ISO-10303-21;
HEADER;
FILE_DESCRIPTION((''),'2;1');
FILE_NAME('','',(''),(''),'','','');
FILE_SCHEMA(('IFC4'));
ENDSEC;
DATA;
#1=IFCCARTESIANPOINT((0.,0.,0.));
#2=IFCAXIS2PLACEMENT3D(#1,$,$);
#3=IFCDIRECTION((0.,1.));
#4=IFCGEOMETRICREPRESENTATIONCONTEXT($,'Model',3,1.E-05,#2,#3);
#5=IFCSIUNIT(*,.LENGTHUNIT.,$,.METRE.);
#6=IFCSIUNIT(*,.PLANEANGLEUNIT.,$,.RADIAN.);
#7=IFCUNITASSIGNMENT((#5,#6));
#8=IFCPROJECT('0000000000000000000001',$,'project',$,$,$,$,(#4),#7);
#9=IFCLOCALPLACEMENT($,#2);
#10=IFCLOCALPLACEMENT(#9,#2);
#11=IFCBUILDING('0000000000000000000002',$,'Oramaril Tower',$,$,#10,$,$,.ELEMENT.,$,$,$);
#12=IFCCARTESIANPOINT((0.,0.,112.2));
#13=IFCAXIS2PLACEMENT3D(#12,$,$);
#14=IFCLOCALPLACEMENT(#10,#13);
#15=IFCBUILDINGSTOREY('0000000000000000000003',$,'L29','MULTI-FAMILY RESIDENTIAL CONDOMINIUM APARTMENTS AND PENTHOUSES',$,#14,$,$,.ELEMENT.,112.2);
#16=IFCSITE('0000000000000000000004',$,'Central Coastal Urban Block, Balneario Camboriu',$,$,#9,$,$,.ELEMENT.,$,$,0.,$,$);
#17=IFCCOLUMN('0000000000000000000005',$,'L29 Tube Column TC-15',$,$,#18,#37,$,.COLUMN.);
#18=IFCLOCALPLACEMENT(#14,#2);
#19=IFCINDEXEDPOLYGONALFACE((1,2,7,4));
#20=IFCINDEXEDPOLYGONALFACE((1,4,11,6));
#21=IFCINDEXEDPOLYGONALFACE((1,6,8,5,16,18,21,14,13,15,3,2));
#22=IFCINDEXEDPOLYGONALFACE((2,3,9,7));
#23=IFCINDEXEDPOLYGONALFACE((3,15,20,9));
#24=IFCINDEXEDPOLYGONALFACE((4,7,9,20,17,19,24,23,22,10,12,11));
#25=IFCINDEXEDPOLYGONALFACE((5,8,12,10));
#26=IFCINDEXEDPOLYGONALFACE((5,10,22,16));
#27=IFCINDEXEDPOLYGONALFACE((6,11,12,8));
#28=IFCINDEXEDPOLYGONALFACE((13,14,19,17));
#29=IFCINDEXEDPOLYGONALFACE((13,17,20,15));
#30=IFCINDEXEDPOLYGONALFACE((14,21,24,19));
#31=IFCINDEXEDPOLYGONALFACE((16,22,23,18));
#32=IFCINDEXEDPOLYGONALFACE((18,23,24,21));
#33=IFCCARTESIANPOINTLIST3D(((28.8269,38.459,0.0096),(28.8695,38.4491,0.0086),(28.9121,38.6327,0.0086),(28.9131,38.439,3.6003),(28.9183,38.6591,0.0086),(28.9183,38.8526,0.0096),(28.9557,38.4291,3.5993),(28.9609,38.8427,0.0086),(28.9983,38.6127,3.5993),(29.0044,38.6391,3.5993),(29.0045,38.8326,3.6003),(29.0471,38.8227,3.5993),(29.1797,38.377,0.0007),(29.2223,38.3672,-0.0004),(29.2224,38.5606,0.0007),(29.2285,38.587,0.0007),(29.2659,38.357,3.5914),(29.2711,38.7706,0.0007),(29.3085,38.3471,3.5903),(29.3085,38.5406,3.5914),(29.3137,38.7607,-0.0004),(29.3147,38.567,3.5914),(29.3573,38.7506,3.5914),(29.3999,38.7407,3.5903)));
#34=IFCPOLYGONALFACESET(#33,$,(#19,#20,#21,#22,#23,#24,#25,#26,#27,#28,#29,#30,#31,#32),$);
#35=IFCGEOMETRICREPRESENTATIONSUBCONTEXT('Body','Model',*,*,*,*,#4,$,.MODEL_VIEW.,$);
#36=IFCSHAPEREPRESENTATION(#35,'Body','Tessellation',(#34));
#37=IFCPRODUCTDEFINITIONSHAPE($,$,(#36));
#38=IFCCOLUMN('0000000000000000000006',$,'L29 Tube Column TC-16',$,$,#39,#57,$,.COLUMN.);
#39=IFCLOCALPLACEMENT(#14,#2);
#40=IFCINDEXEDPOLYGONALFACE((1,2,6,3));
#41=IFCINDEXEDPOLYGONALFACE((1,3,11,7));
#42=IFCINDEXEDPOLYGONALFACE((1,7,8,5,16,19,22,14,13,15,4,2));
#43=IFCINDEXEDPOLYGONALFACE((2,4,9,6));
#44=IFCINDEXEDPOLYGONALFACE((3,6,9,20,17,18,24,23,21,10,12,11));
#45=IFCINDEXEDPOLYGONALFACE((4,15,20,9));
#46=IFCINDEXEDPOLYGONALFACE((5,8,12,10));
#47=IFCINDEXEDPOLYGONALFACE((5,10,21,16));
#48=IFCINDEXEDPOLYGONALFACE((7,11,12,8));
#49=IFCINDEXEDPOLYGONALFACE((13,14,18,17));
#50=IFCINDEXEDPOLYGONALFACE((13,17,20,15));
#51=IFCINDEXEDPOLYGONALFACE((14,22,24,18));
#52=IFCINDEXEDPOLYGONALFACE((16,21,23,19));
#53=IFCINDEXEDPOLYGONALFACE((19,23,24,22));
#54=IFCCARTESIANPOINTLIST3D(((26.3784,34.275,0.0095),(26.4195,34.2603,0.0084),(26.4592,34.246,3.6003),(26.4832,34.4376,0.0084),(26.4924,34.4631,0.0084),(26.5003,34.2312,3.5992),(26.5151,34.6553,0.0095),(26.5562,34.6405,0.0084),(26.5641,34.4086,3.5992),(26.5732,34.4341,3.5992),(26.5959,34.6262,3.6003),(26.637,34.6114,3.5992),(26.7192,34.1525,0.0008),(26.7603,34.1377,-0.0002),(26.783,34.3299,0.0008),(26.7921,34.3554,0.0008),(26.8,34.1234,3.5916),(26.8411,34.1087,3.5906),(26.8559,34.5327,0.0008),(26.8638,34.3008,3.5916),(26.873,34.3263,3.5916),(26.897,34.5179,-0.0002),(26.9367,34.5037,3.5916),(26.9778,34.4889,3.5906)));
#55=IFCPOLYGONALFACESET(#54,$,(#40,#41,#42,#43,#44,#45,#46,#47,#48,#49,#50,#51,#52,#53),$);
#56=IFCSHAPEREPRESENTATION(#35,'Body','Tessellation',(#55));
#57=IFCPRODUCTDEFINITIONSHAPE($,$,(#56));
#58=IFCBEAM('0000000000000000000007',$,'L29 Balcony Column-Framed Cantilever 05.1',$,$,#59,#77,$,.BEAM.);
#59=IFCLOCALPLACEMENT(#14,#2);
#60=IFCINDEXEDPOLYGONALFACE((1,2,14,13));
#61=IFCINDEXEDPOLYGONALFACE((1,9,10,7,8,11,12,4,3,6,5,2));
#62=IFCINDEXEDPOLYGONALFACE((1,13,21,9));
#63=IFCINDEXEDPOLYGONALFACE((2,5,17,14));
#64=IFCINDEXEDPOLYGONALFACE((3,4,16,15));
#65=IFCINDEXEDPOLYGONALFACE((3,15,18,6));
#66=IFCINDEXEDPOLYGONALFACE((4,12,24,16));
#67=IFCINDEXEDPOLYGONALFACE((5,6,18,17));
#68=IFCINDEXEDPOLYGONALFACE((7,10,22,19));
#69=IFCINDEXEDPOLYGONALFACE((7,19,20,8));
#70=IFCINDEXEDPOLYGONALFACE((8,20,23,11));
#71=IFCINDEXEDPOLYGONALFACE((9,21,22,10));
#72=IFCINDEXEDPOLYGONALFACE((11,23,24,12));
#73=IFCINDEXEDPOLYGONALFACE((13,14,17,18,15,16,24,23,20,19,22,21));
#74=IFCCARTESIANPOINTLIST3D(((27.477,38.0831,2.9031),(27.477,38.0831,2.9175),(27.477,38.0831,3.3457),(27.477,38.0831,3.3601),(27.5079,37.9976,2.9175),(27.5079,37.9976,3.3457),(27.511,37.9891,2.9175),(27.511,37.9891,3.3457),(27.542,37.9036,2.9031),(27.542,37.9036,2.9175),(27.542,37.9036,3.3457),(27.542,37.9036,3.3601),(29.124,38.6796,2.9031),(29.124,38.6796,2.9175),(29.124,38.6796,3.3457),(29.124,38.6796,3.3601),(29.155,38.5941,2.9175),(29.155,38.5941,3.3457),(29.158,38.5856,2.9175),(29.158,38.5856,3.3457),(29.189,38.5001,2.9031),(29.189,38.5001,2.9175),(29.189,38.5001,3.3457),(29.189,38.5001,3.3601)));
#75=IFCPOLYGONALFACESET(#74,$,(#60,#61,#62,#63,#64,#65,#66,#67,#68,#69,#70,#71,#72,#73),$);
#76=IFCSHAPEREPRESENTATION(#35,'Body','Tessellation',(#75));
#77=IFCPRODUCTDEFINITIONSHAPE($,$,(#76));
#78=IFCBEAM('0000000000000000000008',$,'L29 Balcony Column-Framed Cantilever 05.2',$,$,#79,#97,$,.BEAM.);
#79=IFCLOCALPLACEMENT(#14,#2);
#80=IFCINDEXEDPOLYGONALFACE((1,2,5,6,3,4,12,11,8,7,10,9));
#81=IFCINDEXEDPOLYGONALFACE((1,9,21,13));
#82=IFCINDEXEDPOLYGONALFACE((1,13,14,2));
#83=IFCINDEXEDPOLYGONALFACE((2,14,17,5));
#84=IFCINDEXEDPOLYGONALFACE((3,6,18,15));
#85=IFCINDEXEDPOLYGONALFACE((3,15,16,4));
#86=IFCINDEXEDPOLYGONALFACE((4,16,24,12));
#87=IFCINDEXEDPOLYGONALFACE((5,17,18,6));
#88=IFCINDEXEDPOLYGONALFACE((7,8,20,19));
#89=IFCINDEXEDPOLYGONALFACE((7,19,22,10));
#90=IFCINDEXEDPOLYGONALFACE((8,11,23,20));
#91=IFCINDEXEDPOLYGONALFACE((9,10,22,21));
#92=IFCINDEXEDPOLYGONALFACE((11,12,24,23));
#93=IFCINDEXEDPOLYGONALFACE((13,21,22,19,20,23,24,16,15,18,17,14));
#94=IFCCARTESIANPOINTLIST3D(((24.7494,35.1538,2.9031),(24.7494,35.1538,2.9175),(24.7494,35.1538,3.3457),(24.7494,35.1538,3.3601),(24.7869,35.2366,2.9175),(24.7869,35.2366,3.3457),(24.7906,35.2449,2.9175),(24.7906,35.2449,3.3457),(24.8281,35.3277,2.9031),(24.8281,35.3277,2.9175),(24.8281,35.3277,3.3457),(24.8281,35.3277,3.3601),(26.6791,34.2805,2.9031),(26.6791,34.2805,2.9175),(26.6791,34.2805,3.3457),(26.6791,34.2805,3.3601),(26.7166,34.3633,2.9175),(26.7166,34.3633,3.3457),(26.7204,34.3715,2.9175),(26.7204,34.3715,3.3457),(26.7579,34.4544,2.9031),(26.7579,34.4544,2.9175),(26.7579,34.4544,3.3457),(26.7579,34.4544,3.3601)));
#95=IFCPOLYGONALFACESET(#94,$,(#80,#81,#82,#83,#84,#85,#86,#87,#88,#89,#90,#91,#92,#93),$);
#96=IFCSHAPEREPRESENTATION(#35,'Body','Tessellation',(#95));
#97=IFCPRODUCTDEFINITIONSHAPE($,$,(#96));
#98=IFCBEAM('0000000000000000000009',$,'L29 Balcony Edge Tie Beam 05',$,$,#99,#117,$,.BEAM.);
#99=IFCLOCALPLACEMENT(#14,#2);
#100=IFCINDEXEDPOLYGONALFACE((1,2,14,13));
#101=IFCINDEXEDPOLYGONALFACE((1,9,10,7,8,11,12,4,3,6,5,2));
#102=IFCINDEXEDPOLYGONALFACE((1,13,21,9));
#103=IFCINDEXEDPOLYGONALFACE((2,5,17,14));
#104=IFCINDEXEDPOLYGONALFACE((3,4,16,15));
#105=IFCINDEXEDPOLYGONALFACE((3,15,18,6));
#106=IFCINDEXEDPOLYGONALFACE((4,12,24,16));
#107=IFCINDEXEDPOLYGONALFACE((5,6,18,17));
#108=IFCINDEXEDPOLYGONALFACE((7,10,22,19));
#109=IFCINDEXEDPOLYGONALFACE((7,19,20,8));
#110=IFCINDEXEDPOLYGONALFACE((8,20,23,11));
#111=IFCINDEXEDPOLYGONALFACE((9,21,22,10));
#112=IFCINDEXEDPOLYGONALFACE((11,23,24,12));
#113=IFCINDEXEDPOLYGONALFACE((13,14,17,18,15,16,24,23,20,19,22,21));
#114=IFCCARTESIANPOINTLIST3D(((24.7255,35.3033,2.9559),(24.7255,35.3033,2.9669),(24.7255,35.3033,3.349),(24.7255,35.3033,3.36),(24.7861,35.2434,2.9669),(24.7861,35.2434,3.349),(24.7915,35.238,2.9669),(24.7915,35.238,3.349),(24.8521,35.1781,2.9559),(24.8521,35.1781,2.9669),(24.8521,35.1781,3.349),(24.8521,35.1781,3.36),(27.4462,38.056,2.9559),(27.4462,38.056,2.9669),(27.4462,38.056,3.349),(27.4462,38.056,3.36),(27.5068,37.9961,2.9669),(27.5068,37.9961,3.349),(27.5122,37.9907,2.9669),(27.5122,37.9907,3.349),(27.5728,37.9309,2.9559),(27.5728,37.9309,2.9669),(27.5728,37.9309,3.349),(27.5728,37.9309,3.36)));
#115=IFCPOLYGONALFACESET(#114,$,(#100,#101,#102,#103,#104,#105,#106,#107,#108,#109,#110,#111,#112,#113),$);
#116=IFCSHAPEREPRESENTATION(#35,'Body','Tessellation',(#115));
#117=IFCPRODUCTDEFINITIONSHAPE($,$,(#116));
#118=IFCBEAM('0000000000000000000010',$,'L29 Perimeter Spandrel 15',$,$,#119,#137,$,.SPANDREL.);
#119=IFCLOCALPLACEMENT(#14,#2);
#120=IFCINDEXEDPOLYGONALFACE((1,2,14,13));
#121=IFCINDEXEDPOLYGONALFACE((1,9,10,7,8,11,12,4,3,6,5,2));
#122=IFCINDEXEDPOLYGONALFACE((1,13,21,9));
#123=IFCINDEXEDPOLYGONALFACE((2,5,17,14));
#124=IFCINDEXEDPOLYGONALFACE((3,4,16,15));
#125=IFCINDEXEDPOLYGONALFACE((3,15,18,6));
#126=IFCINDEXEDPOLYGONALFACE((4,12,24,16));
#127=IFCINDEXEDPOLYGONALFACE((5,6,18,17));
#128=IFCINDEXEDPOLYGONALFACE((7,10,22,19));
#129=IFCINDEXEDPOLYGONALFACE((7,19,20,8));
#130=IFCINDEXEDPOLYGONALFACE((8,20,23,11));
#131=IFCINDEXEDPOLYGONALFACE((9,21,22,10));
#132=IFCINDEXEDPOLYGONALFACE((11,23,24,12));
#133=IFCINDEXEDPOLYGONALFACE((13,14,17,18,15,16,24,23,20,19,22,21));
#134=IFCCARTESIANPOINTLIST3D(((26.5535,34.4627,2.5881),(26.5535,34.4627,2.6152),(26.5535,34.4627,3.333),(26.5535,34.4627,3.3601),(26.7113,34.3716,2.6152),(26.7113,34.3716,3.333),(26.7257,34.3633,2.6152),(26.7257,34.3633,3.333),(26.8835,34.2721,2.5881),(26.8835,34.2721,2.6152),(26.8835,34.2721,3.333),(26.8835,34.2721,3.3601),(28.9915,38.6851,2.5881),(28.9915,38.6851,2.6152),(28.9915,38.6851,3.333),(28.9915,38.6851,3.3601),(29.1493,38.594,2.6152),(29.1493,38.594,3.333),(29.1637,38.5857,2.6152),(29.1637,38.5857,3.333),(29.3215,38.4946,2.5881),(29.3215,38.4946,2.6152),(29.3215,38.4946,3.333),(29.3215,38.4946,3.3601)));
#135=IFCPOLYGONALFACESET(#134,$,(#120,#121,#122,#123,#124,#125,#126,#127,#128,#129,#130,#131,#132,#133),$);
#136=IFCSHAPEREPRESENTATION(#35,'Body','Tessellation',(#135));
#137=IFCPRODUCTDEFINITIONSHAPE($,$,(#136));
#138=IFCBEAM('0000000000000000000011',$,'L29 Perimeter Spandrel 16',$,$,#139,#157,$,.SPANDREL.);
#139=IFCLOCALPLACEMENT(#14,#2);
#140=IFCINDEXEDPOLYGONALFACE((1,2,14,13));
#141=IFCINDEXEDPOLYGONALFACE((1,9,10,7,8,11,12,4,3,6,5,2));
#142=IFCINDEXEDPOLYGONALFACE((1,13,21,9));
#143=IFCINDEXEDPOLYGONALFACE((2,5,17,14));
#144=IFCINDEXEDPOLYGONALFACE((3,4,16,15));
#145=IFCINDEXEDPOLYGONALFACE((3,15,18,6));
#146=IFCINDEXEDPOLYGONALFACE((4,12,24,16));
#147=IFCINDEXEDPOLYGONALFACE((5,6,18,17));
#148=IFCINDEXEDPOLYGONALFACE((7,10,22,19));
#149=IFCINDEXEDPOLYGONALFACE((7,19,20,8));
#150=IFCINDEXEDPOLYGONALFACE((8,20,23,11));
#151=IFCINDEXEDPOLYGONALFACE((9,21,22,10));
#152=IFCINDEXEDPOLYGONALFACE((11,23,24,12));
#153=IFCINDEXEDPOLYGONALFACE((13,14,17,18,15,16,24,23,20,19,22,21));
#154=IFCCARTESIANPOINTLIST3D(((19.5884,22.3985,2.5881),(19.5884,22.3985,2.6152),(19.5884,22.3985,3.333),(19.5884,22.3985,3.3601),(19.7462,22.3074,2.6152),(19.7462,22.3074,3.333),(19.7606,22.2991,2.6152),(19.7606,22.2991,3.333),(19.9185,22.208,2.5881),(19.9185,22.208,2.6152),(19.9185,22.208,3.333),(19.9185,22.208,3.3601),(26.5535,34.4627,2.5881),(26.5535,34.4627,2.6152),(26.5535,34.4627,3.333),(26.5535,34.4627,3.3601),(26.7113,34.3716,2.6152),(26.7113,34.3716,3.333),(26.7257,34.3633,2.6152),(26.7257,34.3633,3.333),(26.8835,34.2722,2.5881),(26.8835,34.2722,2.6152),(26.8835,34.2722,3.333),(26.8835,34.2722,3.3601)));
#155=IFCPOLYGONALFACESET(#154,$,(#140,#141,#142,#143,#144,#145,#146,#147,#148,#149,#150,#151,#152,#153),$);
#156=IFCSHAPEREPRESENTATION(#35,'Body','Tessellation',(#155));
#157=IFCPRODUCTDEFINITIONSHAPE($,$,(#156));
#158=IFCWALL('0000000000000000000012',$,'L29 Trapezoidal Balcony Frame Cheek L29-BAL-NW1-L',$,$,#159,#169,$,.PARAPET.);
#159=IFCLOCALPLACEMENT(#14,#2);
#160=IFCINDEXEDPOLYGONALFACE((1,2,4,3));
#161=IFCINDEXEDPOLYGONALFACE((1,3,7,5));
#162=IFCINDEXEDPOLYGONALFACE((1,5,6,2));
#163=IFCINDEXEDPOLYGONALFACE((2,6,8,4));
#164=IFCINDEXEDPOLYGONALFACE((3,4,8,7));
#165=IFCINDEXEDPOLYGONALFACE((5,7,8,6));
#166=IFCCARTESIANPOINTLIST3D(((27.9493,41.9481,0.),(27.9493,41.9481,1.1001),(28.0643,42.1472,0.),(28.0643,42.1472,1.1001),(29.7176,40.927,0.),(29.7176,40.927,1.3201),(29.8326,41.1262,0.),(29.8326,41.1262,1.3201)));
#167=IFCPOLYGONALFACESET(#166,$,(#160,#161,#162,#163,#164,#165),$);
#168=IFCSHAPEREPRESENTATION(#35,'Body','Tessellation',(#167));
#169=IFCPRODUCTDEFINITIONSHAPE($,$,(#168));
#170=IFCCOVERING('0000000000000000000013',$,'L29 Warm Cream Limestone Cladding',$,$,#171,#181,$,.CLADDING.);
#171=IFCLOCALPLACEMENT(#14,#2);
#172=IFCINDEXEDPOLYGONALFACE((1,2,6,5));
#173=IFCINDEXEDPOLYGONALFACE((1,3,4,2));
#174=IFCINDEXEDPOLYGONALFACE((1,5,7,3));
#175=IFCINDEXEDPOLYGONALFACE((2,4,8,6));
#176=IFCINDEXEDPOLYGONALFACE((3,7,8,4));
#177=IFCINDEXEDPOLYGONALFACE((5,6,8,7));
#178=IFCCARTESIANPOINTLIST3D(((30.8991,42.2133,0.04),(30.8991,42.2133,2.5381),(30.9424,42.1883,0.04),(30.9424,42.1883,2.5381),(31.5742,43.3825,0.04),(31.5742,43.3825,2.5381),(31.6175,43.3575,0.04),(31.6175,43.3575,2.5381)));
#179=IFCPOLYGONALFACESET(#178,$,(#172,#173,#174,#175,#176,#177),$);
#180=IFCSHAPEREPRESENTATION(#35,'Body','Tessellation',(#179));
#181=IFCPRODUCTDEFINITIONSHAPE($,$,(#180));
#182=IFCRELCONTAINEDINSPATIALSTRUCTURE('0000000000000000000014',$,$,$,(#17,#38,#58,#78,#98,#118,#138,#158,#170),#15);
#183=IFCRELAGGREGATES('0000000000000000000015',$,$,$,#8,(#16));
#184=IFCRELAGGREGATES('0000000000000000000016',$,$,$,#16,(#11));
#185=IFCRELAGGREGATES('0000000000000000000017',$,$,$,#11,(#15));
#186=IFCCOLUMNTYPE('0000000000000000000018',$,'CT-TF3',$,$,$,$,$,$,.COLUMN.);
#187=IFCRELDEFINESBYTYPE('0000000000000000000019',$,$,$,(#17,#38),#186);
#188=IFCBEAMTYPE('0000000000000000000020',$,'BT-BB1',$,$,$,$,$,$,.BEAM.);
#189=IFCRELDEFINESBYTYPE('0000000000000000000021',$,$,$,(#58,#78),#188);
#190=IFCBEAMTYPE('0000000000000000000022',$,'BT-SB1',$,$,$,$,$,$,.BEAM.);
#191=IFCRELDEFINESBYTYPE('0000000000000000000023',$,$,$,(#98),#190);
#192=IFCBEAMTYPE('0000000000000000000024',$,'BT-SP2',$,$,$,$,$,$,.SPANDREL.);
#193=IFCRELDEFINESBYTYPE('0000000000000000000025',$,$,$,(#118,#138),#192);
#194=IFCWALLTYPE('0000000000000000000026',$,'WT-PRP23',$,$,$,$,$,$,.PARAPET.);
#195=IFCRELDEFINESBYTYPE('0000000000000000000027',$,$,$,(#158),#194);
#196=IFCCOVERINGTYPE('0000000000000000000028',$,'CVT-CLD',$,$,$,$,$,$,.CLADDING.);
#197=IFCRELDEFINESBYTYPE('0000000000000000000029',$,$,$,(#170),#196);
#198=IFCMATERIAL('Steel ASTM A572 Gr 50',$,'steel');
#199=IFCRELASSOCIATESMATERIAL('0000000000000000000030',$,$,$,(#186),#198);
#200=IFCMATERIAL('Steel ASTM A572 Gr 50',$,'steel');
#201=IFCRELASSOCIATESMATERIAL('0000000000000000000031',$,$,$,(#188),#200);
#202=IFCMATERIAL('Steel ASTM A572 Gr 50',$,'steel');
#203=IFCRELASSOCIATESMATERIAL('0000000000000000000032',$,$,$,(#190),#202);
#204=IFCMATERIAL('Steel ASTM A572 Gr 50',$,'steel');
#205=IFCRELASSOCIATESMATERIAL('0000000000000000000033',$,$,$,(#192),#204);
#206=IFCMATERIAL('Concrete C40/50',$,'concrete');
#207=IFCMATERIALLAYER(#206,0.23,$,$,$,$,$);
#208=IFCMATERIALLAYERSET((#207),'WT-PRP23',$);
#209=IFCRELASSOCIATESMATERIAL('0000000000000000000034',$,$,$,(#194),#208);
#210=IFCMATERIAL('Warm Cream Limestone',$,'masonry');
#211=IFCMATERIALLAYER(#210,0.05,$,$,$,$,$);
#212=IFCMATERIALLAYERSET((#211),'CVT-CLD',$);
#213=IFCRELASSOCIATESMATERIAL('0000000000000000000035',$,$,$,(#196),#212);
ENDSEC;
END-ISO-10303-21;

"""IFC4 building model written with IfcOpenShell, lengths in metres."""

from ifc_helpers import new_model, si_unit, direction, frame, origin, origin_2d, place, context, subcontext, project, spatial, polyline, rectangle, i_section, outline, extrude, material, layer, layer_set, material_profile, profile_set, type_object, element, save


model = new_model("IFC4")

# Units and contexts
model_context = context("Model", 3, precision=1e-05, world=origin(), true_north=direction((0.0, 1.0)))
body_context = subcontext(model_context, "Body", "Model", "MODEL_VIEW")
ifc_project = project(units=[si_unit("LENGTHUNIT", "METRE"), si_unit("PLANEANGLEUNIT", "RADIAN")], contexts=[model_context])

# Site, building, storey
site_placement = place(None, origin())
site = spatial("IfcSite", under=ifc_project, at=site_placement, Name="Central Coastal Urban Block, Balneario Camboriu", CompositionType="ELEMENT", RefElevation=0.0)
building_placement = place(site_placement, origin())
building = spatial("IfcBuilding", under=site, at=building_placement, Name="Oramaril Tower", CompositionType="ELEMENT")
storey_placement = place(building_placement, frame((0.0, 0.0, 112.2)))
storey = spatial("IfcBuildingStorey", under=building, at=storey_placement, Name="L29", Description="MULTI-FAMILY RESIDENTIAL CONDOMINIUM APARTMENTS AND PENTHOUSES", CompositionType="ELEMENT", Elevation=112.2)

# Columns
ifc_material_1 = material(Name="Steel ASTM A572 Gr 50", Category="steel")
ifc_material_profile_1 = material_profile(ifc_material_1, i_section(OverallWidth=0.4041, OverallDepth=0.406, WebThickness=0.0271, FlangeThickness=0.0437, at=origin_2d()), Name="W14X233")
ifc_profile_set_1 = profile_set([ifc_material_profile_1], Name="Steel ASTM A572 Gr 50")
column_type = type_object("IfcColumnType", Name="CT-TF3", PredefinedType="COLUMN", material=ifc_profile_set_1)
for number, where, z_axis, x_axis, name in (
    (1, (29.0703, 38.6099, 0.0046), (0.023993, -0.005574, 0.999697), (0.22627, 0.974065, 0.0), "L29 Tube Column TC-15"),
    (2, (26.6377, 34.3965, 0.0046), (0.022498, -0.008089, 0.999714), (0.338317, 0.941032, 0.0), "L29 Tube Column TC-16"),
):
    element("IfcColumn", number, at=place(storey_placement, frame(where, z_axis=z_axis, x_axis=x_axis)), inside=storey, type_object=column_type, Name=name, PredefinedType="COLUMN", context=body_context, shape_type="SweptSolid", body=[
        extrude(i_section(OverallWidth=0.4041, OverallDepth=0.406, WebThickness=0.0271, FlangeThickness=0.0437, at=origin_2d()), origin(), (0.0, 0.0, 1.0), 3.5918),
    ])

# Beams
ifc_material_2 = material(Name="Steel ASTM A572 Gr 50", Category="steel")
ifc_material_profile_2 = material_profile(ifc_material_2, i_section(OverallWidth=0.1909, OverallDepth=0.457, WebThickness=0.009, FlangeThickness=0.0144, at=origin_2d()), Name="W18X50")
ifc_profile_set_2 = profile_set([ifc_material_profile_2], Name="Steel ASTM A572 Gr 50")
beam_type_1 = type_object("IfcBeamType", Name="BT-BB1", PredefinedType="BEAM", material=ifc_profile_set_2)
beam_1_placement = place(storey_placement, frame((29.1565, 38.5898, 3.1316), z_axis=(-0.940244, -0.340501, 0.0), x_axis=(0.340501, -0.940244, 0.0)))
element("IfcBeam", 3, at=beam_1_placement, inside=storey, type_object=beam_type_1, Name="L29 Balcony Column-Framed Cantilever 05.1", PredefinedType="BEAM", context=body_context, shape_type="SweptSolid", body=[
    extrude(i_section(OverallWidth=0.1909, OverallDepth=0.457, WebThickness=0.009, FlangeThickness=0.0144, at=origin_2d()), origin(), (0.0, 0.0, 1.0), 1.7517),
])
beam_2_placement = place(storey_placement, frame((26.7185, 34.3674, 3.1316), z_axis=(-0.911048, 0.4123, 0.0), x_axis=(-0.4123, -0.911048, 0.0)))
element("IfcBeam", 4, at=beam_2_placement, inside=storey, type_object=beam_type_1, Name="L29 Balcony Column-Framed Cantilever 05.2", PredefinedType="BEAM", context=body_context, shape_type="SweptSolid", body=[
    extrude(i_section(OverallWidth=0.1909, OverallDepth=0.457, WebThickness=0.009, FlangeThickness=0.0144, at=origin_2d()), origin(), (0.0, 0.0, 1.0), 2.1182),
])
ifc_material_3 = material(Name="Steel ASTM A572 Gr 50", Category="steel")
ifc_material_profile_3 = material_profile(ifc_material_3, i_section(OverallWidth=0.178, OverallDepth=0.4041, WebThickness=0.0076, FlangeThickness=0.011, at=origin_2d()), Name="W16X36")
ifc_profile_set_3 = profile_set([ifc_material_profile_3], Name="Steel ASTM A572 Gr 50")
beam_type_2 = type_object("IfcBeamType", Name="BT-SB1", PredefinedType="BEAM", material=ifc_profile_set_3)
beam_3_placement = place(storey_placement, frame((27.5095, 37.9934, 3.158), z_axis=(-0.702963, -0.711226, 0.0), x_axis=(0.711226, -0.702963, 0.0)))
element("IfcBeam", 5, at=beam_3_placement, inside=storey, type_object=beam_type_2, Name="L29 Balcony Edge Tie Beam 05", PredefinedType="BEAM", context=body_context, shape_type="SweptSolid", body=[
    extrude(i_section(OverallWidth=0.178, OverallDepth=0.4041, WebThickness=0.0076, FlangeThickness=0.011, at=origin_2d()), origin(), (0.0, 0.0, 1.0), 3.8704),
])
ifc_material_4 = material(Name="Steel ASTM A572 Gr 50", Category="steel")
ifc_material_profile_4 = material_profile(ifc_material_4, i_section(OverallWidth=0.3811, OverallDepth=0.772, WebThickness=0.0166, FlangeThickness=0.0271, at=origin_2d()), Name="W30X173")
ifc_profile_set_4 = profile_set([ifc_material_profile_4], Name="Steel ASTM A572 Gr 50")
beam_type_3 = type_object("IfcBeamType", Name="BT-SP2", PredefinedType="SPANDREL", material=ifc_profile_set_4)
beam_4_placement = place(storey_placement, frame((29.1565, 38.5898, 2.9741), z_axis=(-0.500027, -0.86601, 0.0), x_axis=(0.86601, -0.500027, 0.0)))
element("IfcBeam", 6, at=beam_4_placement, inside=storey, type_object=beam_type_3, Name="L29 Perimeter Spandrel 15", PredefinedType="SPANDREL", context=body_context, shape_type="SweptSolid", body=[
    extrude(i_section(OverallWidth=0.3811, OverallDepth=0.772, WebThickness=0.0166, FlangeThickness=0.0271, at=origin_2d()), origin(), (0.0, 0.0, 1.0), 4.8757),
])
beam_5_placement = place(storey_placement, frame((26.7185, 34.3674, 2.9741), z_axis=(-0.49999, -0.866031, 0.0), x_axis=(0.866031, -0.49999, 0.0)))
element("IfcBeam", 7, at=beam_5_placement, inside=storey, type_object=beam_type_3, Name="L29 Perimeter Spandrel 16", PredefinedType="SPANDREL", context=body_context, shape_type="SweptSolid", body=[
    extrude(i_section(OverallWidth=0.3811, OverallDepth=0.772, WebThickness=0.0166, FlangeThickness=0.0271, at=origin_2d()), origin(), (0.0, 0.0, 1.0), 13.9304),
])

# Wall
ifc_material_5 = material(Name="Concrete C40/50", Category="concrete")
ifc_layer_1 = layer(ifc_material_5, 0.23)
ifc_layer_set_1 = layer_set([ifc_layer_1], Name="WT-PRP23")
wall_type = type_object("IfcWallType", Name="WT-PRP23", PredefinedType="PARAPET", material=ifc_layer_set_1)
wall_placement = place(storey_placement, frame((29.7751, 41.0266, 0.0), z_axis=(0.0, 0.0, 1.0), x_axis=(-0.866012, 0.500023, 0.0)))
element("IfcWall", 8, at=wall_placement, inside=storey, type_object=wall_type, Name="L29 Trapezoidal Balcony Frame Cheek L29-BAL-NW1-L", PredefinedType="PARAPET", context=body_context, shape_type="SweptSolid", body=[
    extrude(outline(polyline([(0.0, 0.0), (2.042, 0.0), (2.042, 1.1001), (0.0, 1.3201), (0.0, 0.0)])), frame((0.0, 0.115, 0.0), z_axis=(0.0, -1.0, 0.0), x_axis=(1.0, 0.0, 0.0)), (0.0, 0.0, 1.0), 0.23),
])

# Covering
ifc_material_6 = material(Name="Warm Cream Limestone", Category="masonry")
ifc_layer_2 = layer(ifc_material_6, 0.05)
ifc_layer_set_2 = layer_set([ifc_layer_2], Name="CVT-CLD")
covering_type = type_object("IfcCoveringType", Name="CVT-CLD", PredefinedType="CLADDING", material=ifc_layer_set_2)
covering_1_placement = place(storey_placement, frame((31.2583, 42.7854, 0.04), z_axis=(0.0, 0.0, 1.0), x_axis=(-0.5, -0.866025, 0.0)))
element("IfcCovering", 9, at=covering_1_placement, inside=storey, type_object=covering_type, Name="L29 Warm Cream Limestone Cladding", PredefinedType="CLADDING", context=body_context, shape_type="SweptSolid", body=[
    extrude(rectangle(XDim=1.3501, YDim=0.05, at=origin_2d()), origin(), (0.0, 0.0, 1.0), 2.498),
])

save(model, "model.ifc")
